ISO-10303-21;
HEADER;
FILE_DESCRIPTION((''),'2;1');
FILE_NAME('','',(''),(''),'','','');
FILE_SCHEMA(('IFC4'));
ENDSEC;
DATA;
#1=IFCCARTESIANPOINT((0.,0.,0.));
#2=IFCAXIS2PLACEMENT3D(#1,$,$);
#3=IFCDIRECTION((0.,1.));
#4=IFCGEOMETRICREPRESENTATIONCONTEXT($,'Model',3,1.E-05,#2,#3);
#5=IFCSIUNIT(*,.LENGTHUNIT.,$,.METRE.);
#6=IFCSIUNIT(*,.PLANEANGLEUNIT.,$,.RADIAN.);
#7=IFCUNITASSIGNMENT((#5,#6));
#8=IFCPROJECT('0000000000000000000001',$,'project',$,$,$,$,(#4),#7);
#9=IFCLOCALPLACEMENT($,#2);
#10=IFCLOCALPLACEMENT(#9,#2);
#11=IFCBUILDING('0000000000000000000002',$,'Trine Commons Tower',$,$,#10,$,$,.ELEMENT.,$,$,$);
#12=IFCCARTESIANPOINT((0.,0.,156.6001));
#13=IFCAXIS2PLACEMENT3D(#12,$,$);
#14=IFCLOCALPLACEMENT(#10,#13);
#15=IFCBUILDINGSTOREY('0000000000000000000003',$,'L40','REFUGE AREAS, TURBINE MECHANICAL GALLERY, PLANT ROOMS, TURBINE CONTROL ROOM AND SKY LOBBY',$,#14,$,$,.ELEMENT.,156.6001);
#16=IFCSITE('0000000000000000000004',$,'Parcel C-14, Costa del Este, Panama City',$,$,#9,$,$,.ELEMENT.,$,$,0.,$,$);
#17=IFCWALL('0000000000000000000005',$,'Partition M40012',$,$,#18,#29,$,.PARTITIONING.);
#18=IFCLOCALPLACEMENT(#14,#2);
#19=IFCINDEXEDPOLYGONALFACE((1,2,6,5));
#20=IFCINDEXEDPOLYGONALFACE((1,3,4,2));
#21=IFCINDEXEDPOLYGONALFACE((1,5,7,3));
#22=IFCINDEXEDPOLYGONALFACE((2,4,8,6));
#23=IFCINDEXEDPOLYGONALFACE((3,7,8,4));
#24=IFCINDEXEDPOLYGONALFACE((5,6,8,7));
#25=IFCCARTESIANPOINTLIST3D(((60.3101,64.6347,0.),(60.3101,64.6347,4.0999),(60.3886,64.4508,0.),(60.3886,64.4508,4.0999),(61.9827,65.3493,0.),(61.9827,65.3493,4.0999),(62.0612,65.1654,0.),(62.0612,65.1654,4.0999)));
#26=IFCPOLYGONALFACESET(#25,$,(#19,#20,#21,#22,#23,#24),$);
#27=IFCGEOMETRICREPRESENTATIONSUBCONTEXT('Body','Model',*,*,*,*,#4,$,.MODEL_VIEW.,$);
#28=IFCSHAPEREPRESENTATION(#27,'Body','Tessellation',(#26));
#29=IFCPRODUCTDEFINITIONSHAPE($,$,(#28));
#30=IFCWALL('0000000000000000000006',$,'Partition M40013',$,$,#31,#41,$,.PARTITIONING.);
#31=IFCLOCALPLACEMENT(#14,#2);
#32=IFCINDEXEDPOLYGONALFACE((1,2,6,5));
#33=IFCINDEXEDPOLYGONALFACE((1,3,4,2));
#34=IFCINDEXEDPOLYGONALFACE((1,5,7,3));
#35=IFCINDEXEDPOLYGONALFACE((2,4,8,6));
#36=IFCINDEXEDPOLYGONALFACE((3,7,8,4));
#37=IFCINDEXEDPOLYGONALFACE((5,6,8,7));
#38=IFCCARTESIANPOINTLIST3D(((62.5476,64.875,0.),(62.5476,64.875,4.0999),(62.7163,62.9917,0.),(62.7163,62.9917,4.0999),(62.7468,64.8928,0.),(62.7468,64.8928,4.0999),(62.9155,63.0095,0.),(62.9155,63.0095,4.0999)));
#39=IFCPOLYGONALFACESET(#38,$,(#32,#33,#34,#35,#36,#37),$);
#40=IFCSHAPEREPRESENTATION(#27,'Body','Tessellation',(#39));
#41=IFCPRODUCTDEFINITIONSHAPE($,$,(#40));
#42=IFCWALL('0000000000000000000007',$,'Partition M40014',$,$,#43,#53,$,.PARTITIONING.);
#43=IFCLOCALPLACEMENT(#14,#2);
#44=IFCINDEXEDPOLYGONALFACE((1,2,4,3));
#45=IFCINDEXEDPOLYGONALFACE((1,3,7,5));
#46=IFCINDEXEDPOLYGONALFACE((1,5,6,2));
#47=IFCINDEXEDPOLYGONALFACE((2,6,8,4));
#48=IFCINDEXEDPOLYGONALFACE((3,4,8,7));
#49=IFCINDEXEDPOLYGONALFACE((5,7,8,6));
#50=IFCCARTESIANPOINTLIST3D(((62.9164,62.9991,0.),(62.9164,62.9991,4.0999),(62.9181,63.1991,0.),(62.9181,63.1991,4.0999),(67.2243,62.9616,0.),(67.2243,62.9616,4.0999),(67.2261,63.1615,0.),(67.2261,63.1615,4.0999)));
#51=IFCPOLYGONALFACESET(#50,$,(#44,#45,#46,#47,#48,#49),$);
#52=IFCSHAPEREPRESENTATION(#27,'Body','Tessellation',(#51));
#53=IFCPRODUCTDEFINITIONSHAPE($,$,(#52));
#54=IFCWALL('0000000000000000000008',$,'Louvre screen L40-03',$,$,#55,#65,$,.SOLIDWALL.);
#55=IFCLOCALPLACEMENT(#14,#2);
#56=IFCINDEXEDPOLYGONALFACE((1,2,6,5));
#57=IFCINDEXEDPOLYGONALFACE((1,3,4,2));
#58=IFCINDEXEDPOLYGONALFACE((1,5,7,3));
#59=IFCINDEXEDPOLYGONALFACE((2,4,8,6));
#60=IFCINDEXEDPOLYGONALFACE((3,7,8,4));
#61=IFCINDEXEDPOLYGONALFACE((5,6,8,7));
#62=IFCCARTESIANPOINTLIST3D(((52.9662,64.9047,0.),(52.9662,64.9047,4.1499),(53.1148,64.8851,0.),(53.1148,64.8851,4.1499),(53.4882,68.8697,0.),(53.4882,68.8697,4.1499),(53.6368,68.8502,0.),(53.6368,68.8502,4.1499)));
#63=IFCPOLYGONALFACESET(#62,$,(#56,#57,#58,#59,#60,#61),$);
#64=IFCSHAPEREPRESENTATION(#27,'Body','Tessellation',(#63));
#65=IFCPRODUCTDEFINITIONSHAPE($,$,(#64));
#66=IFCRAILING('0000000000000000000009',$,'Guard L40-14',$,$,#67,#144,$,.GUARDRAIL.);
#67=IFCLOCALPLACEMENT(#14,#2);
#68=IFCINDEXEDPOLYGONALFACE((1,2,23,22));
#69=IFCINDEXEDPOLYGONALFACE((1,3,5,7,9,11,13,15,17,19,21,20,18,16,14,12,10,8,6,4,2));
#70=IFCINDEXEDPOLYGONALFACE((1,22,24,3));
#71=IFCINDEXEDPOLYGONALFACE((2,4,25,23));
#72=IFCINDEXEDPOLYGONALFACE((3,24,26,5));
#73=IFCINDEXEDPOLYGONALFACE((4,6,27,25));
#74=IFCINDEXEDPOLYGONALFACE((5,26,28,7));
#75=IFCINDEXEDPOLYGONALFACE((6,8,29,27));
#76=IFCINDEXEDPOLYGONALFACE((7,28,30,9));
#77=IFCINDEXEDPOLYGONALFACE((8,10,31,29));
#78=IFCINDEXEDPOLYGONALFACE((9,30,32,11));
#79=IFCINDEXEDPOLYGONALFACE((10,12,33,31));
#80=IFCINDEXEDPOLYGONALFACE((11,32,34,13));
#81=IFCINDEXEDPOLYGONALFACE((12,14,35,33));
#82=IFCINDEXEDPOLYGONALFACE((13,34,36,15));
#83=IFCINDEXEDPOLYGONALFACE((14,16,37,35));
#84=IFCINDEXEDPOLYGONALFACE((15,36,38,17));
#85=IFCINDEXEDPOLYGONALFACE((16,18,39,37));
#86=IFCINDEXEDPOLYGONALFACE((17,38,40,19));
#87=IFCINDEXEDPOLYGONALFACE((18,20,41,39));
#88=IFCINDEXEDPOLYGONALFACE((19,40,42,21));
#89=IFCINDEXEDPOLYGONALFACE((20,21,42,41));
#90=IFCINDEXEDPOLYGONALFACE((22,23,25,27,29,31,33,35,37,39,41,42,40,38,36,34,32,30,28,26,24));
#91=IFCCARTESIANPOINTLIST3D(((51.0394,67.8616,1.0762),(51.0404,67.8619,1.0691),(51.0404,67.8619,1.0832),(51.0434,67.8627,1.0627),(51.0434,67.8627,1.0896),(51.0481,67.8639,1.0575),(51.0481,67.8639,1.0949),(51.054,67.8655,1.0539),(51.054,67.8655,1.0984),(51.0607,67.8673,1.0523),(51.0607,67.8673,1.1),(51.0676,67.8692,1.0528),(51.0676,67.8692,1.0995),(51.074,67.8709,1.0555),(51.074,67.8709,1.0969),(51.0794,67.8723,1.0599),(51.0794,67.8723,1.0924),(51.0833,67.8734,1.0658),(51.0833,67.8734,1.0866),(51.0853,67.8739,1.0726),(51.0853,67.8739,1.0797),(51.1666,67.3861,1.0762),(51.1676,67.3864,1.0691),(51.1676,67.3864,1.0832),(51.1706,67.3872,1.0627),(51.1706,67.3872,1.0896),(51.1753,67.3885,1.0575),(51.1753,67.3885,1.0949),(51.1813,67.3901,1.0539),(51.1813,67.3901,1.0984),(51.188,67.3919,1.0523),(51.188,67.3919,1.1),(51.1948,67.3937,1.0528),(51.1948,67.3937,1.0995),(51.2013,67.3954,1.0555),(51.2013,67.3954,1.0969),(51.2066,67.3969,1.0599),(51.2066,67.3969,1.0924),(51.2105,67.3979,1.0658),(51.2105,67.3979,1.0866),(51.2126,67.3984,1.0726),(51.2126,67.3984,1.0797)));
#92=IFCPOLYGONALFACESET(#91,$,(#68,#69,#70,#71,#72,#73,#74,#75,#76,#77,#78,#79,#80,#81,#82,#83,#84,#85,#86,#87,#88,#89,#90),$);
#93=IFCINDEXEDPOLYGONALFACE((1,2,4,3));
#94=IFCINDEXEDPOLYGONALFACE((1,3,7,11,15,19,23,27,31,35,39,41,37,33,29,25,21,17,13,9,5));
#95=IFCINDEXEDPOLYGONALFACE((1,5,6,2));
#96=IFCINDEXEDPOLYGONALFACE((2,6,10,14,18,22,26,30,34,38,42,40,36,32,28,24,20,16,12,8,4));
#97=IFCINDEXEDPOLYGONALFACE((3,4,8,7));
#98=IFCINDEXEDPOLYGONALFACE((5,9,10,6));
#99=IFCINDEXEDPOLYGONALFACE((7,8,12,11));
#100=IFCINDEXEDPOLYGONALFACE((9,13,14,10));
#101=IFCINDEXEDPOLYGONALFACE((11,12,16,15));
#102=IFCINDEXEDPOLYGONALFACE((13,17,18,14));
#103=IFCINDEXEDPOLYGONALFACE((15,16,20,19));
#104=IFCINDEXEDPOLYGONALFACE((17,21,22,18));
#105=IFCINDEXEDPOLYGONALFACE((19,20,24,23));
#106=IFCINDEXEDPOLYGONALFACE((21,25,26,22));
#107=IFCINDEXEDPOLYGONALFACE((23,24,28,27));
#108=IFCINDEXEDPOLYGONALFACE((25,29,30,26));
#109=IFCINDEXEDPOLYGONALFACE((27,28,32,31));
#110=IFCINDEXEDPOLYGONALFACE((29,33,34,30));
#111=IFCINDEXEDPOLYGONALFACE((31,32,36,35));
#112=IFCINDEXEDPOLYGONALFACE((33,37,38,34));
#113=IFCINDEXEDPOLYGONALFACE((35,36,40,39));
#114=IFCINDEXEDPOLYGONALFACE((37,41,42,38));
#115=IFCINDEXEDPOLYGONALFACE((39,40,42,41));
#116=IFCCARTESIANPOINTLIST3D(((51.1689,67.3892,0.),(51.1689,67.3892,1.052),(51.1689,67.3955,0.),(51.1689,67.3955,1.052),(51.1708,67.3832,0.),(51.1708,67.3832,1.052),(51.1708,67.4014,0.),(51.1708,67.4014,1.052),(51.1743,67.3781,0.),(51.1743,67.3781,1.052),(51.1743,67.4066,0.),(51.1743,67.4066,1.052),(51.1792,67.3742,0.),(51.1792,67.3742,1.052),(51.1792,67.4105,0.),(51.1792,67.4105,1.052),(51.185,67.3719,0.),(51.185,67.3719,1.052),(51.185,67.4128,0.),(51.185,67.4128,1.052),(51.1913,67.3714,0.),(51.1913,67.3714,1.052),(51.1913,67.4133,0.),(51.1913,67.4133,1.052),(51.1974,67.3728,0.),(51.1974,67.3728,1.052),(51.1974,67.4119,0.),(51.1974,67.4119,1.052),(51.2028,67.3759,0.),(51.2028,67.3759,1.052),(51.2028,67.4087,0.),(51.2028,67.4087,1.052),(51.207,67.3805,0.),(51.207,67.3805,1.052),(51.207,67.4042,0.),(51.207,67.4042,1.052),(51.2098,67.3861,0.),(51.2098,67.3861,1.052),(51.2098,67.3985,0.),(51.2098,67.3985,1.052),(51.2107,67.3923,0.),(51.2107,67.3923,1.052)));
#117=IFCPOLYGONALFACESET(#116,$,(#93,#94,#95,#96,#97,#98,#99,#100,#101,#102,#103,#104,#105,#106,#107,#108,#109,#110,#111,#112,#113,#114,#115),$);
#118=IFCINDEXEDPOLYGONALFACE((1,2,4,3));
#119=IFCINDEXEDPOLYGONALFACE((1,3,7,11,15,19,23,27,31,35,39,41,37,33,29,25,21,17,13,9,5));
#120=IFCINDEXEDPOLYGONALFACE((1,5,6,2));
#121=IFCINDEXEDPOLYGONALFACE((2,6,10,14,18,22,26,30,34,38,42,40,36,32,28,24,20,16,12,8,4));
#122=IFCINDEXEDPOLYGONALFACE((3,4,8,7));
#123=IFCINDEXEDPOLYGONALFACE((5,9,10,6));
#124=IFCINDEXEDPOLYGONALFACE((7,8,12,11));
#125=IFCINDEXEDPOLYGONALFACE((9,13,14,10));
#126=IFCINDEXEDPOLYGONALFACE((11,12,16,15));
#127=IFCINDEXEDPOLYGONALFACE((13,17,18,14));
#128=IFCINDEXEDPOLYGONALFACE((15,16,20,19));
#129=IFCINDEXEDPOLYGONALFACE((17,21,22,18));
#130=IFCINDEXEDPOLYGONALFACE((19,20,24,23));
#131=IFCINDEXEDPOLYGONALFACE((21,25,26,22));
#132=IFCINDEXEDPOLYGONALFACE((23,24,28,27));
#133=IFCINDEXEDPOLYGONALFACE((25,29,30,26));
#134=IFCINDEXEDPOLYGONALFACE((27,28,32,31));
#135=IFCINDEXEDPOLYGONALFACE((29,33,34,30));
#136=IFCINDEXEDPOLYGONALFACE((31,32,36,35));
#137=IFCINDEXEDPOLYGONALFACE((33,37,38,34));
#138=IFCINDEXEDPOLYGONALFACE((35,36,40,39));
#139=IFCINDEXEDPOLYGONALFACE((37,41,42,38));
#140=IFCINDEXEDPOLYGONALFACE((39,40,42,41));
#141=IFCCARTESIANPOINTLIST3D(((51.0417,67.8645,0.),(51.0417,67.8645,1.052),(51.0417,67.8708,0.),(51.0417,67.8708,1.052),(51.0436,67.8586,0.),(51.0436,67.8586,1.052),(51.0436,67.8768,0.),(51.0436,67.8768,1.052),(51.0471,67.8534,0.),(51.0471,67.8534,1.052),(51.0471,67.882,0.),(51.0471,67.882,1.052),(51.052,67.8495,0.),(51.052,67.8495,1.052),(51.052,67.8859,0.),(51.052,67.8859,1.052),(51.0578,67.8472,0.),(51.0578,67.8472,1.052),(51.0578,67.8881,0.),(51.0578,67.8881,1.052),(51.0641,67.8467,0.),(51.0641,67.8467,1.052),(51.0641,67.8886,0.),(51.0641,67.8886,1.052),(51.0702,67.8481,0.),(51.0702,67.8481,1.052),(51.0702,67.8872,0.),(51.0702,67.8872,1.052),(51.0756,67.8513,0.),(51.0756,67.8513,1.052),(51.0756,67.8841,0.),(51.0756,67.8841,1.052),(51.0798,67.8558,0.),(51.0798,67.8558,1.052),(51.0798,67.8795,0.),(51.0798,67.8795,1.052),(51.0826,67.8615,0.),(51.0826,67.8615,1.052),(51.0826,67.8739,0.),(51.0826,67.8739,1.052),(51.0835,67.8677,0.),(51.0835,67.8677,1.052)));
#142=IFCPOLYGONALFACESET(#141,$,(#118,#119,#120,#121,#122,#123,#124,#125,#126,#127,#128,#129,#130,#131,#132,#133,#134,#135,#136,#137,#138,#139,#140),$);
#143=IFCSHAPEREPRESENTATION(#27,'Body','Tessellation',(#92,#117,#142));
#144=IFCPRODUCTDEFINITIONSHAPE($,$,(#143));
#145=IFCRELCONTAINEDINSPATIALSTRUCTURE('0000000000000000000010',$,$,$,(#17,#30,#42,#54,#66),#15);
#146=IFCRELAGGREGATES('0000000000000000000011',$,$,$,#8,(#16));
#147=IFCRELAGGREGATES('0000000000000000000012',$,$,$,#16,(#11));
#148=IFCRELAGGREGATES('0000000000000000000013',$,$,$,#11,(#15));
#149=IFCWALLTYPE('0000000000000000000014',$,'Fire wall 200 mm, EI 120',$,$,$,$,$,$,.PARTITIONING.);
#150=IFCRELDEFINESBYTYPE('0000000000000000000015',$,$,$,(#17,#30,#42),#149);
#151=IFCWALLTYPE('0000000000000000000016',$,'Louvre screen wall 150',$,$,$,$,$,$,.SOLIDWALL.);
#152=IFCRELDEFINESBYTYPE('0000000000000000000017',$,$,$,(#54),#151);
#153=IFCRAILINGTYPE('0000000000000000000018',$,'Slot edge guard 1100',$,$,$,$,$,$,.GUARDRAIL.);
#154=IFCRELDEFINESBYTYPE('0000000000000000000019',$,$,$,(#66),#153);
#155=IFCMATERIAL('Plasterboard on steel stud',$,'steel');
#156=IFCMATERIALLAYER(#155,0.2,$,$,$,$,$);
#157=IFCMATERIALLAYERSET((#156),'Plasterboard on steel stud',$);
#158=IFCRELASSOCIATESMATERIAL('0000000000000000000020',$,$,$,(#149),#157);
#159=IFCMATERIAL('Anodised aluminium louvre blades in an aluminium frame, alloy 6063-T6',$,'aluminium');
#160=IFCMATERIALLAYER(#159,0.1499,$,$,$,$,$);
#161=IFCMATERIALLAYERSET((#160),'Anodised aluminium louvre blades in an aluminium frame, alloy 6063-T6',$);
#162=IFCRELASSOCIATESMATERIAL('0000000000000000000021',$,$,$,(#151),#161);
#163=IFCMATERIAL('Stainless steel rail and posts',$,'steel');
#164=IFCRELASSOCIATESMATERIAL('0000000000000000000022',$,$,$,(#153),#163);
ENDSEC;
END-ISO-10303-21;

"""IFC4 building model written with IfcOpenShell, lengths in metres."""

from ifc_helpers import new_model, si_unit, direction, frame, frame_2d, origin, origin_2d, place, context, subcontext, project, spatial, rectangle, circle, extrude, material, layer, layer_set, type_object, element, save


model = new_model("IFC4")

# Units and contexts
model_context = context("Model", 3, precision=1e-05, world=origin(), true_north=direction((0.0, 1.0)))
body_context = subcontext(model_context, "Body", "Model", "MODEL_VIEW")
ifc_project = project(units=[si_unit("LENGTHUNIT", "METRE"), si_unit("PLANEANGLEUNIT", "RADIAN")], contexts=[model_context])

# Site, building, storey
site_placement = place(None, origin())
site = spatial("IfcSite", under=ifc_project, at=site_placement, Name="Parcel C-14, Costa del Este, Panama City", CompositionType="ELEMENT", RefElevation=0.0)
building_placement = place(site_placement, origin())
building = spatial("IfcBuilding", under=site, at=building_placement, Name="Trine Commons Tower", CompositionType="ELEMENT")
storey_placement = place(building_placement, frame((0.0, 0.0, 156.6001)))
storey = spatial("IfcBuildingStorey", under=building, at=storey_placement, Name="L40", Description="REFUGE AREAS, TURBINE MECHANICAL GALLERY, PLANT ROOMS, TURBINE CONTROL ROOM AND SKY LOBBY", CompositionType="ELEMENT", Elevation=156.6001)

# Shared definitions
ifc_material_1 = material(Name="Plasterboard on steel stud", Category="steel")
ifc_layer_1 = layer(ifc_material_1, 0.2)
ifc_layer_set_1 = layer_set([ifc_layer_1], Name="Plasterboard on steel stud")
wall_type_1 = type_object("IfcWallType", Name="Fire wall 200 mm, EI 120", PredefinedType="PARTITIONING", material=ifc_layer_set_1)

# Walls
wall_1_placement = place(storey_placement, frame((60.3494, 64.5427, 0.0), z_axis=(0.0, 0.0, 1.0), x_axis=(0.919589, 0.392882, 0.0)))
element("IfcWall", 1, at=wall_1_placement, inside=storey, type_object=wall_type_1, Name="Partition M40012", PredefinedType="PARTITIONING", context=body_context, shape_type="SweptSolid", body=[
    extrude(rectangle(XDim=1.8188, YDim=0.2, at=frame_2d((0.9094, 0.0))), origin(), (0.0, 0.0, 1.0), 4.0999),
])
wall_2_placement = place(storey_placement, frame((62.6472, 64.8838, 0.0), z_axis=(0.0, 0.0, 1.0), x_axis=(0.08922, -0.996012, 0.0)))
element("IfcWall", 2, at=wall_2_placement, inside=storey, type_object=wall_type_1, Name="Partition M40013", PredefinedType="PARTITIONING", context=body_context, shape_type="SweptSolid", body=[
    extrude(rectangle(XDim=1.8909, YDim=0.2, at=frame_2d((0.9453, 0.0))), origin(), (0.0, 0.0, 1.0), 4.0999),
])
wall_3_placement = place(storey_placement, frame((62.9172, 63.0991, 0.0), z_axis=(0.0, 0.0, 1.0), x_axis=(0.999962, -0.008727, 0.0)))
element("IfcWall", 3, at=wall_3_placement, inside=storey, type_object=wall_type_1, Name="Partition M40014", PredefinedType="PARTITIONING", context=body_context, shape_type="SweptSolid", body=[
    extrude(rectangle(XDim=4.3081, YDim=0.2, at=frame_2d((2.1541, 0.0))), origin(), (0.0, 0.0, 1.0), 4.0999),
])
ifc_material_2 = material(Name="Anodised aluminium louvre blades in an aluminium frame, alloy 6063-T6", Category="aluminium")
ifc_layer_2 = layer(ifc_material_2, 0.1499)
ifc_layer_set_2 = layer_set([ifc_layer_2], Name="Anodised aluminium louvre blades in an aluminium frame, alloy 6063-T6")
wall_type_2 = type_object("IfcWallType", Name="Louvre screen wall 150", PredefinedType="SOLIDWALL", material=ifc_layer_set_2)
wall_4_placement = place(storey_placement, frame((53.0405, 64.895, 0.0), z_axis=(0.0, 0.0, 1.0), x_axis=(0.130516, 0.991446, 0.0)))
element("IfcWall", 4, at=wall_4_placement, inside=storey, type_object=wall_type_2, Name="Louvre screen L40-03", PredefinedType="SOLIDWALL", context=body_context, shape_type="SweptSolid", body=[
    extrude(rectangle(XDim=3.9993, YDim=0.1499, at=frame_2d((1.9995, 0.0))), origin(), (0.0, 0.0, 1.0), 4.1499),
])

# Railing
ifc_material_3 = material(Name="Stainless steel rail and posts", Category="steel")
railing_type = type_object("IfcRailingType", Name="Slot edge guard 1100", PredefinedType="GUARDRAIL", material=ifc_material_3)
railing_1_placement = place(storey_placement, frame((51.1897, 67.3923, 0.0)))
element("IfcRailing", 5, at=railing_1_placement, inside=storey, type_object=railing_type, Name="Guard L40-14", PredefinedType="GUARDRAIL", context=body_context, shape_type="SweptSolid", body=[
    extrude(circle(Radius=0.0239, at=origin_2d()), frame((0.0, 0.0, 1.0762), z_axis=(-0.258496, 0.966012, 0.0), x_axis=(-0.966012, -0.258496, 0.0)), (0.0, 0.0, 1.0), 0.4922),
    extrude(circle(Radius=0.021, at=origin_2d()), origin(), (0.0, 0.0, 1.0), 1.052),
    extrude(circle(Radius=0.021, at=origin_2d()), frame((-0.1272, 0.4753, 0.0)), (0.0, 0.0, 1.0), 1.052),
])

save(model, "model.ifc")
